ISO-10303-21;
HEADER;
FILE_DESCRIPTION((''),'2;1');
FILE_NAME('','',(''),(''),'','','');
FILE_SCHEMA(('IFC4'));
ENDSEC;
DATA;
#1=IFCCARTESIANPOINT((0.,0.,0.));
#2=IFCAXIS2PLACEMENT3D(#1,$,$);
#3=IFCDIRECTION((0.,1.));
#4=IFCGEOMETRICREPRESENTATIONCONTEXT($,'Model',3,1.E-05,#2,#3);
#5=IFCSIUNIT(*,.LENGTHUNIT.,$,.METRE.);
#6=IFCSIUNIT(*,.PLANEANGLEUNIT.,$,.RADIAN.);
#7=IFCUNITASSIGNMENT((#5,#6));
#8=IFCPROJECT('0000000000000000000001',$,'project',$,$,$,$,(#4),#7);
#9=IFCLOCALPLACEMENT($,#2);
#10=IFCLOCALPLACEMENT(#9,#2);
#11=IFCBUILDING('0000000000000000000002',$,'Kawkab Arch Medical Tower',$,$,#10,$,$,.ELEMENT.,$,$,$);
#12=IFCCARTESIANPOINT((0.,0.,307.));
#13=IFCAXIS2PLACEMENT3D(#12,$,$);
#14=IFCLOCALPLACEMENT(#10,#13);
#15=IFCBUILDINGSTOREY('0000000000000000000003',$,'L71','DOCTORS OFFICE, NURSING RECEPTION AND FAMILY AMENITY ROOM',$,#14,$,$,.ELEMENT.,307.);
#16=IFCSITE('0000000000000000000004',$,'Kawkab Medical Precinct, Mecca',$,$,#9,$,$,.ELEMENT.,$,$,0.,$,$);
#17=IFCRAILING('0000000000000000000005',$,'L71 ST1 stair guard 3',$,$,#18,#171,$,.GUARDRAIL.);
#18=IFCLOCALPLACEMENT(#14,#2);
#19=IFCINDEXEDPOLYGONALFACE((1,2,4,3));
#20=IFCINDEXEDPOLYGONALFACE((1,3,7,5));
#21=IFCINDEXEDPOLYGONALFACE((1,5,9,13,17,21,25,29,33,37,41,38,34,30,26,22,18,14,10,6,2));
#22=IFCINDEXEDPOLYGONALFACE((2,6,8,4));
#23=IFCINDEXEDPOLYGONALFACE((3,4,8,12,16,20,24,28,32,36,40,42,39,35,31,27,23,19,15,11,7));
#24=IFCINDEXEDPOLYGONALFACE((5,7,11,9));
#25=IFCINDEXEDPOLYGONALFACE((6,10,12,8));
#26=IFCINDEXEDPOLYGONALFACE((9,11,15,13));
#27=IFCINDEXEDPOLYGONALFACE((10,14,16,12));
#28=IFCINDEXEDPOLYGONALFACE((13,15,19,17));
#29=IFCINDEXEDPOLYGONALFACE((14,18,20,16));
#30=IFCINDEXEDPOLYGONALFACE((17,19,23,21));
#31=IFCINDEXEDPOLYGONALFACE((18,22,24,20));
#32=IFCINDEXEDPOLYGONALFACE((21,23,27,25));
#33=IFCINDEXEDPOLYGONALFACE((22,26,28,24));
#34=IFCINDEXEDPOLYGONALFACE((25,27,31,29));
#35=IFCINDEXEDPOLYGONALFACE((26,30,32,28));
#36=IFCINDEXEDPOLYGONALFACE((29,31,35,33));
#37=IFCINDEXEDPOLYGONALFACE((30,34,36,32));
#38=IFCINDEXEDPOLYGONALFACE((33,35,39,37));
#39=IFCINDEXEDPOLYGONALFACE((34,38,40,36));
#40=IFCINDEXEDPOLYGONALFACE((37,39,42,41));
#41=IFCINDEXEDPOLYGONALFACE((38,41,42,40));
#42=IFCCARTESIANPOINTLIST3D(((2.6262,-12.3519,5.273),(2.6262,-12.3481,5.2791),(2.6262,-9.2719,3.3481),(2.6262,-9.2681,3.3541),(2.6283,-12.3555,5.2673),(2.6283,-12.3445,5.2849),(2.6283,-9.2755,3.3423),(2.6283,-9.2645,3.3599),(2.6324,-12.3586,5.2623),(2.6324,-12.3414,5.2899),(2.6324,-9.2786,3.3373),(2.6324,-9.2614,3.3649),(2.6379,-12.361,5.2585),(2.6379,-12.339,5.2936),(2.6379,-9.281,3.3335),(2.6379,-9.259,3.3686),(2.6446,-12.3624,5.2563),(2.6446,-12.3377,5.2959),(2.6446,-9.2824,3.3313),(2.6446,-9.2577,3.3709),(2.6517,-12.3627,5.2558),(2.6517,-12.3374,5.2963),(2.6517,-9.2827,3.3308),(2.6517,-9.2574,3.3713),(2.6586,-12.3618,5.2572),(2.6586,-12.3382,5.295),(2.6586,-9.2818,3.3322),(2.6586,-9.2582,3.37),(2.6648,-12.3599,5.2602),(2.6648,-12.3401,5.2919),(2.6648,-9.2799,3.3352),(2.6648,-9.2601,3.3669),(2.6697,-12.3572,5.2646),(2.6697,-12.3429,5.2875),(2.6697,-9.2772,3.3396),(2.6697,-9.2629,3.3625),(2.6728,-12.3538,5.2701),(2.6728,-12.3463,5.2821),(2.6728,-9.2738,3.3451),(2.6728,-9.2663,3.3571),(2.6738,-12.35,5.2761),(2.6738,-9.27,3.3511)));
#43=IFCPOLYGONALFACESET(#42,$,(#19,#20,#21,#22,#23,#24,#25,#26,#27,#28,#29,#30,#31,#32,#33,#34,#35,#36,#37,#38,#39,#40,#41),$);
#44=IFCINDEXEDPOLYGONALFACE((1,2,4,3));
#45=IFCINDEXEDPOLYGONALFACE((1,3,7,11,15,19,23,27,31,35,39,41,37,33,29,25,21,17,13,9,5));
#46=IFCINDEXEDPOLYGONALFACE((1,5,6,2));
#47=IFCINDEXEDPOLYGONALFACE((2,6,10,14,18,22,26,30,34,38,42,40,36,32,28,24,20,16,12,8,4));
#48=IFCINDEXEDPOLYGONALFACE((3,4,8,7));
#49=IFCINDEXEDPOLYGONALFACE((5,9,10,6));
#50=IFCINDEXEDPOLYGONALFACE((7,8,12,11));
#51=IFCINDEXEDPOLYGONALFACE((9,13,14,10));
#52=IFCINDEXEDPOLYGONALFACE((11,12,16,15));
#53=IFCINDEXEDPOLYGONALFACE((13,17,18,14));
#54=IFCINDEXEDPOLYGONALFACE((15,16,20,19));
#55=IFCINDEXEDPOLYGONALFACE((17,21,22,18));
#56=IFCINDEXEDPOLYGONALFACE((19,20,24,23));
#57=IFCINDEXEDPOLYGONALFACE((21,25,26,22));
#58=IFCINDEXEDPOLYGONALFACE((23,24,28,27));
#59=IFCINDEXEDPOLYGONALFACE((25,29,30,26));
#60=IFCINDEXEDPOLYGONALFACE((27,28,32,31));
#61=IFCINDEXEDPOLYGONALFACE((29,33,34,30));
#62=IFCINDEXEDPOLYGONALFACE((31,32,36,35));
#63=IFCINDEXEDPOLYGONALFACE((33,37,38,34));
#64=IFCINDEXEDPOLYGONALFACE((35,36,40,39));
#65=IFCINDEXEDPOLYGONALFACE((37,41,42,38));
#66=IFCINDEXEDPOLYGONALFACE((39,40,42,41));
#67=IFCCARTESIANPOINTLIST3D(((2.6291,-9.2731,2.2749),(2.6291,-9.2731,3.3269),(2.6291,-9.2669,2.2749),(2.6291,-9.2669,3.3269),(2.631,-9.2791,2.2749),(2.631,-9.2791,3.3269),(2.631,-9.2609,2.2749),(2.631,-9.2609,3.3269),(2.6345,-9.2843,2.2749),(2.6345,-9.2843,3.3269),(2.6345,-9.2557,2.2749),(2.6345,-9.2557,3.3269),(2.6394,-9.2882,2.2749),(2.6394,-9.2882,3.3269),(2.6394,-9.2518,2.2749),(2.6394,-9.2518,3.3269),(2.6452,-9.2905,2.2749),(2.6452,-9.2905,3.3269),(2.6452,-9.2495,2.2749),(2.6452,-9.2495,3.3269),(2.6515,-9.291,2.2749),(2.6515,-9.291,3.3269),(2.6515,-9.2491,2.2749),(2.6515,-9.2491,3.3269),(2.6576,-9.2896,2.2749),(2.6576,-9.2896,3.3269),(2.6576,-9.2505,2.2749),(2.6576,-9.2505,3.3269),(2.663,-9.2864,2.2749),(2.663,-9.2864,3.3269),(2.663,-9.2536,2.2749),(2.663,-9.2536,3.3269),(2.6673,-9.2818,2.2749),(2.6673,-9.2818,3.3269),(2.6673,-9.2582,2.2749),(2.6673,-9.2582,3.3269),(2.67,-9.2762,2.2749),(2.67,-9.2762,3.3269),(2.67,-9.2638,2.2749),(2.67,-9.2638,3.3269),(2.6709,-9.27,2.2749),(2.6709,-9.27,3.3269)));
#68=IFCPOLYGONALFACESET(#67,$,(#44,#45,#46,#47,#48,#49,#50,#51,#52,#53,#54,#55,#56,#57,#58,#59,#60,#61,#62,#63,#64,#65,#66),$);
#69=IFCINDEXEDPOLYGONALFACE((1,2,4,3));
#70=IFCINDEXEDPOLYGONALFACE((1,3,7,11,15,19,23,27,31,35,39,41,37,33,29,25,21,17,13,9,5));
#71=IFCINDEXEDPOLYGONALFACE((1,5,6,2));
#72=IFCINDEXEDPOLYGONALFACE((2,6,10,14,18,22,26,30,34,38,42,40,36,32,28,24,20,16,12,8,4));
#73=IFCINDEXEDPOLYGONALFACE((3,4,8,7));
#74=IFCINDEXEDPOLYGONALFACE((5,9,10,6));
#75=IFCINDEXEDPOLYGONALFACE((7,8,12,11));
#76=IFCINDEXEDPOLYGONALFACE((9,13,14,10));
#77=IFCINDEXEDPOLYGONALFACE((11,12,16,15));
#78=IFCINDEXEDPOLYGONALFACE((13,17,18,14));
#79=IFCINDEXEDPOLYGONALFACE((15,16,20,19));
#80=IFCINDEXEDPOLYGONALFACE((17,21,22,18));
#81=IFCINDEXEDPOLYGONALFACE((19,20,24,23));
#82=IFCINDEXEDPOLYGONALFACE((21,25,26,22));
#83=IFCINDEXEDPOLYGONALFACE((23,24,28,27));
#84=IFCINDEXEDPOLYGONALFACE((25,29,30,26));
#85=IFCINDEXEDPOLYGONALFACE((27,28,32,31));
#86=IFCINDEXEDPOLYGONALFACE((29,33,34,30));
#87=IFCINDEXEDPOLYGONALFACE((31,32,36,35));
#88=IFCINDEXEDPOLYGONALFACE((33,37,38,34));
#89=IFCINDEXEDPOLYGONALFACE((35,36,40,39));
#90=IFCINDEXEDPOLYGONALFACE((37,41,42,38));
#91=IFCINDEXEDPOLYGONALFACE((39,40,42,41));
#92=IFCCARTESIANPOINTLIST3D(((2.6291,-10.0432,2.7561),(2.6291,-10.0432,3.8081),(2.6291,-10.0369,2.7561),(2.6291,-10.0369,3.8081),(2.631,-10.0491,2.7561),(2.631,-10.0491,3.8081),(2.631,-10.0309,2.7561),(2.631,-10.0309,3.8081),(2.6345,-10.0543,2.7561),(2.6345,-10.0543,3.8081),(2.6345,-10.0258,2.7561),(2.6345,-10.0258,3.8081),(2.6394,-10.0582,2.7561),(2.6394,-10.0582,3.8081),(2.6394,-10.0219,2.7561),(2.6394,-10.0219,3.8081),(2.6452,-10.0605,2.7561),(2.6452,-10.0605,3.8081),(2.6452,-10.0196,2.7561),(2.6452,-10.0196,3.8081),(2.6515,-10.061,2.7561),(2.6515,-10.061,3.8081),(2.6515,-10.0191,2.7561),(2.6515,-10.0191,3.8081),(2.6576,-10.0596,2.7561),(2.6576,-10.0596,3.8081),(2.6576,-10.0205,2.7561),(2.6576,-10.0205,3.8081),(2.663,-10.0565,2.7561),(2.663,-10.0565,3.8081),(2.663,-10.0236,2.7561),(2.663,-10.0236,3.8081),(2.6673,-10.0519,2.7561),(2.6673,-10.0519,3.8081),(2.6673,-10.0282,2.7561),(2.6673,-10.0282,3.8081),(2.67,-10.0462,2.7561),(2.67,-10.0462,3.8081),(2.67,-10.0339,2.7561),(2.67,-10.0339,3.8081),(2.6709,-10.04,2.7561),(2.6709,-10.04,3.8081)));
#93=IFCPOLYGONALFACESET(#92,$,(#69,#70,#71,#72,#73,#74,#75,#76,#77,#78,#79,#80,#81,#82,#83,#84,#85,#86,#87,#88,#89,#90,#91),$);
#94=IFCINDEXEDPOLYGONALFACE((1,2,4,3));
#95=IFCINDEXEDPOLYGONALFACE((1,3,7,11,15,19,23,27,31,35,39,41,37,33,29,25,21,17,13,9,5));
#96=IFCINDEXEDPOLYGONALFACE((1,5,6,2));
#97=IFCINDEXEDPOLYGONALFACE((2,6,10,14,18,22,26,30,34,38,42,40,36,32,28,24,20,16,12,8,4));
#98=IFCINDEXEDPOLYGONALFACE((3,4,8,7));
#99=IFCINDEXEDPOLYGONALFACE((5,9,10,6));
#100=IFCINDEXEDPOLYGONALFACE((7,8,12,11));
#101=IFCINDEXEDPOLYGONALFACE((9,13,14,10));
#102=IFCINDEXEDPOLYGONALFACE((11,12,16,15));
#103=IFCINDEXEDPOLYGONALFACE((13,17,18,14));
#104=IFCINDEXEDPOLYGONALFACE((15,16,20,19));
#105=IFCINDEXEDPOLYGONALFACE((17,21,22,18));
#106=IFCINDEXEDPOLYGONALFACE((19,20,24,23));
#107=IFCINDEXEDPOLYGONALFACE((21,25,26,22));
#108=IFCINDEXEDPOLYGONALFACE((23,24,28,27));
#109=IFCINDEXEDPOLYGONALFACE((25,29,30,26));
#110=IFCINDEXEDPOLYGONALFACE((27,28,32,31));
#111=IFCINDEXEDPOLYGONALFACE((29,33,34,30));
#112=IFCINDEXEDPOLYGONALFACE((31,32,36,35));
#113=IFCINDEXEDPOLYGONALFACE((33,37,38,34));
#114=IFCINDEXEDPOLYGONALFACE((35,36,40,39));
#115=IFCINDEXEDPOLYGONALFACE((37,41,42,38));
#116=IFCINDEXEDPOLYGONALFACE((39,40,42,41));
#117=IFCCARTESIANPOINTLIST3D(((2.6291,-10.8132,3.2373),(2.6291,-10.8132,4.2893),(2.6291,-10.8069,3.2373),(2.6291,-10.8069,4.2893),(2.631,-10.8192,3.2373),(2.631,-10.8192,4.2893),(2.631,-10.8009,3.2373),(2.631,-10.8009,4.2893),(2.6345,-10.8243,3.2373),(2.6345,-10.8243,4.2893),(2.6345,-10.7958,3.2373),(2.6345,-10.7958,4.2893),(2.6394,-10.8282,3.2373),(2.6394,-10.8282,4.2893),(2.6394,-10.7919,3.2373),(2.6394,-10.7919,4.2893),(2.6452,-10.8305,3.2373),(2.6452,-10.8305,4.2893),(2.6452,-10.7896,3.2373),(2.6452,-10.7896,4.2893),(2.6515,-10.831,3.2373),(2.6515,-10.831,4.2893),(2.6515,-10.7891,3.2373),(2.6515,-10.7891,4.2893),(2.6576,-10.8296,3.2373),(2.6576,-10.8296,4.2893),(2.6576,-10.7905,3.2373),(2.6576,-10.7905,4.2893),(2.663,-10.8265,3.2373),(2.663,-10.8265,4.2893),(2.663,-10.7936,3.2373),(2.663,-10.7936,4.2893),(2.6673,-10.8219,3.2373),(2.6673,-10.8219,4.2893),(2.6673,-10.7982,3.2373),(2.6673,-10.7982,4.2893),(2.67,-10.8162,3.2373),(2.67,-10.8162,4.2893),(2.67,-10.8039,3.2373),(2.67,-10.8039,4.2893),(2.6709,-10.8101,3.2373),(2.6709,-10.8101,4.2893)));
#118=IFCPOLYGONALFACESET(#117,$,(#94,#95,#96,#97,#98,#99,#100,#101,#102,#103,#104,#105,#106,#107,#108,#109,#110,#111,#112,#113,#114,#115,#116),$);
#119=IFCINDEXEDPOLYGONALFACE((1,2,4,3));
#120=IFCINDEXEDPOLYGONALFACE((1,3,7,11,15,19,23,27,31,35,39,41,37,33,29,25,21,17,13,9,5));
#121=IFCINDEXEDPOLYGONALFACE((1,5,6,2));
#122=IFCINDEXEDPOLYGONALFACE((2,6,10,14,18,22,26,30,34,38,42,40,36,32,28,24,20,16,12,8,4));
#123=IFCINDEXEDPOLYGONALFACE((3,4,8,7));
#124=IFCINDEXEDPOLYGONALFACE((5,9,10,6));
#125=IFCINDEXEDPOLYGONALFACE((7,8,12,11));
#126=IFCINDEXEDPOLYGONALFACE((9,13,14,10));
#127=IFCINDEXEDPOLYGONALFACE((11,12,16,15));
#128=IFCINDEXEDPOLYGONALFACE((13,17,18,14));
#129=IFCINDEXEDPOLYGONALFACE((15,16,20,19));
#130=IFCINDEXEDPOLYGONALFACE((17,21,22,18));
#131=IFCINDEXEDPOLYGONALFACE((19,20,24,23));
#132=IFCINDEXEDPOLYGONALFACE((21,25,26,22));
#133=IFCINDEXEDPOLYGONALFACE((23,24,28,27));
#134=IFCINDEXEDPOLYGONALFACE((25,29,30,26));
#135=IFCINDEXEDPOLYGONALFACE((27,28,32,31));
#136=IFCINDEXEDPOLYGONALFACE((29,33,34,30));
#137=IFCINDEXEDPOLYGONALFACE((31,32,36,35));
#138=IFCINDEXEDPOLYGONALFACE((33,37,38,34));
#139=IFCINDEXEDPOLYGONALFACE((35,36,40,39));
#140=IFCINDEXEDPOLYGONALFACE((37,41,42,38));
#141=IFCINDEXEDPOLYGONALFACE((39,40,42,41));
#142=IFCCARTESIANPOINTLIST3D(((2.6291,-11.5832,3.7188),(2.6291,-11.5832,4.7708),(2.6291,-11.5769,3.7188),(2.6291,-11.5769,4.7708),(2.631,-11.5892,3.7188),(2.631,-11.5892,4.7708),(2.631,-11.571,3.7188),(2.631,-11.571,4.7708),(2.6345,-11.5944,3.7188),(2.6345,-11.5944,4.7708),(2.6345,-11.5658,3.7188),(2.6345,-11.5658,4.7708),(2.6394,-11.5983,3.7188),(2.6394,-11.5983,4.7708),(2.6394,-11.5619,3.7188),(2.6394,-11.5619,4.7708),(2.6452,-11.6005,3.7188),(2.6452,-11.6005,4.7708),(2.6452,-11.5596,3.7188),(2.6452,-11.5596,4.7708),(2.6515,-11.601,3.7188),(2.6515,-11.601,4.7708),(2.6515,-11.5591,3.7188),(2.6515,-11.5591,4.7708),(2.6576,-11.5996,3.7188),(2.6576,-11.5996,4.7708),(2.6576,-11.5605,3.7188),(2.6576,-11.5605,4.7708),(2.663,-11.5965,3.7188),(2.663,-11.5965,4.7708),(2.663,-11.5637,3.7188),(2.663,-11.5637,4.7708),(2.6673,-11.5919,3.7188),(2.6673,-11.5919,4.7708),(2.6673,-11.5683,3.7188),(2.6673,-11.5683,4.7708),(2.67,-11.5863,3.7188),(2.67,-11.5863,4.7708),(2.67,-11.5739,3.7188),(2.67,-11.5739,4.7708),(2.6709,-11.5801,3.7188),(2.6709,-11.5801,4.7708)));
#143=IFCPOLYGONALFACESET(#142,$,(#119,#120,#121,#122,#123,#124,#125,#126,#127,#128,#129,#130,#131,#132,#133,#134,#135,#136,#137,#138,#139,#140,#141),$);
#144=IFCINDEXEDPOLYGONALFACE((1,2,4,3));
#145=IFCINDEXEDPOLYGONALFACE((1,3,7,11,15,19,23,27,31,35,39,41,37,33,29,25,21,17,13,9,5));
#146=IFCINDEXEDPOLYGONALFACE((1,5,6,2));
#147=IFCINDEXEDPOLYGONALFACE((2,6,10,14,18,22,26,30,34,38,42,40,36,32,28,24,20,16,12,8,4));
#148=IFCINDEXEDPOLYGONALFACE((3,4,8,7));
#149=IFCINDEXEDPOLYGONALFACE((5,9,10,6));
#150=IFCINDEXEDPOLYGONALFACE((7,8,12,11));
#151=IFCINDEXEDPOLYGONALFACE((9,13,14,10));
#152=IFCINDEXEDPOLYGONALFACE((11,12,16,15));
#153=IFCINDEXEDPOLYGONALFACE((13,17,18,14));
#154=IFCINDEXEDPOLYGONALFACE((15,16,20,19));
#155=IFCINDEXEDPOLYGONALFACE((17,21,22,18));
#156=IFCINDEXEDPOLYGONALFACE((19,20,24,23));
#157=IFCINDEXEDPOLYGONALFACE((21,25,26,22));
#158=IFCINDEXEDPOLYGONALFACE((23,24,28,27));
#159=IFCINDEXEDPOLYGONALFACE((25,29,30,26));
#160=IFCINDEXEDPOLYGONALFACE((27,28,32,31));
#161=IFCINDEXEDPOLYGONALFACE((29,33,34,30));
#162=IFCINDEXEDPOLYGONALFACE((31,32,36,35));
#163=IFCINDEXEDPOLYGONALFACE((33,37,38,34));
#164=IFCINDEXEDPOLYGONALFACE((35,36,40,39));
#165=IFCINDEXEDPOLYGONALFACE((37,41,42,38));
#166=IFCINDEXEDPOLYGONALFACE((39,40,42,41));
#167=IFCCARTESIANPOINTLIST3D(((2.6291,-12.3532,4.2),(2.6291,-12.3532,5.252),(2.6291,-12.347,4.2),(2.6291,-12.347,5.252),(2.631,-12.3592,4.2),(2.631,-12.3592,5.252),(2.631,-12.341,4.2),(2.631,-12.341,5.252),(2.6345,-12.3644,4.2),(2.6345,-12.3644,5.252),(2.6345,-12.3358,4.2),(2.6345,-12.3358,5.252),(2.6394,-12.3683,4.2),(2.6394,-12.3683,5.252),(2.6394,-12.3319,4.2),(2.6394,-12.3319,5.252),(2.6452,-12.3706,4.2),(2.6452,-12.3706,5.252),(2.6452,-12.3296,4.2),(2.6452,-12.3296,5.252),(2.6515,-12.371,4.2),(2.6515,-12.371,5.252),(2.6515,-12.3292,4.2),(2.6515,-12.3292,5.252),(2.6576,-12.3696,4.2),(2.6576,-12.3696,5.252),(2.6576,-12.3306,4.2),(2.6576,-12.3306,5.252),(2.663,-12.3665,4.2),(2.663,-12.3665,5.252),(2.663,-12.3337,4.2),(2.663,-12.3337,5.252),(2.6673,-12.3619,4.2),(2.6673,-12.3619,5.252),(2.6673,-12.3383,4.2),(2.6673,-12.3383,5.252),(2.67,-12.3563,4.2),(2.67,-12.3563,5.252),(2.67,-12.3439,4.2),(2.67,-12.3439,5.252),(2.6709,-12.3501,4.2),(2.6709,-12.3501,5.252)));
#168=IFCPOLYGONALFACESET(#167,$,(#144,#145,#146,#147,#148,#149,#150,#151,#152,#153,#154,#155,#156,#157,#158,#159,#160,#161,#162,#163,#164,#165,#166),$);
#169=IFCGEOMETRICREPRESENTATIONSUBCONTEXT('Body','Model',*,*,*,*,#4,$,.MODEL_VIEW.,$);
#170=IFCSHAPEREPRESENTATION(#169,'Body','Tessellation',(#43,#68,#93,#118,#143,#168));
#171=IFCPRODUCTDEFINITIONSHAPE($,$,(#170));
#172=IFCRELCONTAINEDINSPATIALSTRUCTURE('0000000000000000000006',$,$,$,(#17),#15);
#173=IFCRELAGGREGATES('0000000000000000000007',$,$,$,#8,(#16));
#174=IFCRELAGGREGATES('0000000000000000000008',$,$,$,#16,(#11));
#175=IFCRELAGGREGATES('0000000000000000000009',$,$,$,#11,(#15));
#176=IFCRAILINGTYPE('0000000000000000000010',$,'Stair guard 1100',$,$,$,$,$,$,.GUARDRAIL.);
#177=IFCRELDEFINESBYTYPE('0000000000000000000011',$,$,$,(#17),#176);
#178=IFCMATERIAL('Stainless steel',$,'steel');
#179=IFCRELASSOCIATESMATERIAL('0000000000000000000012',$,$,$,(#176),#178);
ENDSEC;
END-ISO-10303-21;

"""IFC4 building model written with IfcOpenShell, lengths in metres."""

from ifc_helpers import new_model, si_unit, direction, frame, origin, origin_2d, place, context, subcontext, project, spatial, circle, extrude, material, type_object, element, save


model = new_model("IFC4")

# Units and contexts
model_context = context("Model", 3, precision=1e-05, world=origin(), true_north=direction((0.0, 1.0)))
body_context = subcontext(model_context, "Body", "Model", "MODEL_VIEW")
ifc_project = project(units=[si_unit("LENGTHUNIT", "METRE"), si_unit("PLANEANGLEUNIT", "RADIAN")], contexts=[model_context])

# Site, building, storey
site_placement = place(None, origin())
site = spatial("IfcSite", under=ifc_project, at=site_placement, Name="Kawkab Medical Precinct, Mecca", CompositionType="ELEMENT", RefElevation=0.0)
building_placement = place(site_placement, origin())
building = spatial("IfcBuilding", under=site, at=building_placement, Name="Kawkab Arch Medical Tower", CompositionType="ELEMENT")
storey_placement = place(building_placement, frame((0.0, 0.0, 307.0)))
storey = spatial("IfcBuildingStorey", under=building, at=storey_placement, Name="L71", Description="DOCTORS OFFICE, NURSING RECEPTION AND FAMILY AMENITY ROOM", CompositionType="ELEMENT", Elevation=307.0)

# Railing
ifc_material_1 = material(Name="Stainless steel", Category="steel")
railing_type = type_object("IfcRailingType", Name="Stair guard 1100", PredefinedType="GUARDRAIL", material=ifc_material_1)
railing_1_placement = place(storey_placement, frame((2.6499, -9.27, 2.2749)))
element("IfcRailing", 1, at=railing_1_placement, inside=storey, type_object=railing_type, Name="L71 ST1 stair guard 3", PredefinedType="GUARDRAIL", context=body_context, shape_type="SweptSolid", body=[
    extrude(circle(Radius=0.0239, at=origin_2d()), frame((0.0, 0.0, 1.0762), z_axis=(0.0, -0.847998, 0.529999), x_axis=(1.0, 0.0, 0.0)), (0.0, 0.0, 1.0), 3.6321),
    extrude(circle(Radius=0.021, at=origin_2d()), origin(), (0.0, 0.0, 1.0), 1.052),
    extrude(circle(Radius=0.021, at=origin_2d()), frame((0.0, -0.77, 0.4812)), (0.0, 0.0, 1.0), 1.052),
    extrude(circle(Radius=0.021, at=origin_2d()), frame((0.0, -1.54, 0.9624)), (0.0, 0.0, 1.0), 1.052),
    extrude(circle(Radius=0.021, at=origin_2d()), frame((0.0, -2.3101, 1.4438)), (0.0, 0.0, 1.0), 1.052),
    extrude(circle(Radius=0.021, at=origin_2d()), frame((0.0, -3.0801, 1.925)), (0.0, 0.0, 1.0), 1.052),
])

save(model, "model.ifc")
